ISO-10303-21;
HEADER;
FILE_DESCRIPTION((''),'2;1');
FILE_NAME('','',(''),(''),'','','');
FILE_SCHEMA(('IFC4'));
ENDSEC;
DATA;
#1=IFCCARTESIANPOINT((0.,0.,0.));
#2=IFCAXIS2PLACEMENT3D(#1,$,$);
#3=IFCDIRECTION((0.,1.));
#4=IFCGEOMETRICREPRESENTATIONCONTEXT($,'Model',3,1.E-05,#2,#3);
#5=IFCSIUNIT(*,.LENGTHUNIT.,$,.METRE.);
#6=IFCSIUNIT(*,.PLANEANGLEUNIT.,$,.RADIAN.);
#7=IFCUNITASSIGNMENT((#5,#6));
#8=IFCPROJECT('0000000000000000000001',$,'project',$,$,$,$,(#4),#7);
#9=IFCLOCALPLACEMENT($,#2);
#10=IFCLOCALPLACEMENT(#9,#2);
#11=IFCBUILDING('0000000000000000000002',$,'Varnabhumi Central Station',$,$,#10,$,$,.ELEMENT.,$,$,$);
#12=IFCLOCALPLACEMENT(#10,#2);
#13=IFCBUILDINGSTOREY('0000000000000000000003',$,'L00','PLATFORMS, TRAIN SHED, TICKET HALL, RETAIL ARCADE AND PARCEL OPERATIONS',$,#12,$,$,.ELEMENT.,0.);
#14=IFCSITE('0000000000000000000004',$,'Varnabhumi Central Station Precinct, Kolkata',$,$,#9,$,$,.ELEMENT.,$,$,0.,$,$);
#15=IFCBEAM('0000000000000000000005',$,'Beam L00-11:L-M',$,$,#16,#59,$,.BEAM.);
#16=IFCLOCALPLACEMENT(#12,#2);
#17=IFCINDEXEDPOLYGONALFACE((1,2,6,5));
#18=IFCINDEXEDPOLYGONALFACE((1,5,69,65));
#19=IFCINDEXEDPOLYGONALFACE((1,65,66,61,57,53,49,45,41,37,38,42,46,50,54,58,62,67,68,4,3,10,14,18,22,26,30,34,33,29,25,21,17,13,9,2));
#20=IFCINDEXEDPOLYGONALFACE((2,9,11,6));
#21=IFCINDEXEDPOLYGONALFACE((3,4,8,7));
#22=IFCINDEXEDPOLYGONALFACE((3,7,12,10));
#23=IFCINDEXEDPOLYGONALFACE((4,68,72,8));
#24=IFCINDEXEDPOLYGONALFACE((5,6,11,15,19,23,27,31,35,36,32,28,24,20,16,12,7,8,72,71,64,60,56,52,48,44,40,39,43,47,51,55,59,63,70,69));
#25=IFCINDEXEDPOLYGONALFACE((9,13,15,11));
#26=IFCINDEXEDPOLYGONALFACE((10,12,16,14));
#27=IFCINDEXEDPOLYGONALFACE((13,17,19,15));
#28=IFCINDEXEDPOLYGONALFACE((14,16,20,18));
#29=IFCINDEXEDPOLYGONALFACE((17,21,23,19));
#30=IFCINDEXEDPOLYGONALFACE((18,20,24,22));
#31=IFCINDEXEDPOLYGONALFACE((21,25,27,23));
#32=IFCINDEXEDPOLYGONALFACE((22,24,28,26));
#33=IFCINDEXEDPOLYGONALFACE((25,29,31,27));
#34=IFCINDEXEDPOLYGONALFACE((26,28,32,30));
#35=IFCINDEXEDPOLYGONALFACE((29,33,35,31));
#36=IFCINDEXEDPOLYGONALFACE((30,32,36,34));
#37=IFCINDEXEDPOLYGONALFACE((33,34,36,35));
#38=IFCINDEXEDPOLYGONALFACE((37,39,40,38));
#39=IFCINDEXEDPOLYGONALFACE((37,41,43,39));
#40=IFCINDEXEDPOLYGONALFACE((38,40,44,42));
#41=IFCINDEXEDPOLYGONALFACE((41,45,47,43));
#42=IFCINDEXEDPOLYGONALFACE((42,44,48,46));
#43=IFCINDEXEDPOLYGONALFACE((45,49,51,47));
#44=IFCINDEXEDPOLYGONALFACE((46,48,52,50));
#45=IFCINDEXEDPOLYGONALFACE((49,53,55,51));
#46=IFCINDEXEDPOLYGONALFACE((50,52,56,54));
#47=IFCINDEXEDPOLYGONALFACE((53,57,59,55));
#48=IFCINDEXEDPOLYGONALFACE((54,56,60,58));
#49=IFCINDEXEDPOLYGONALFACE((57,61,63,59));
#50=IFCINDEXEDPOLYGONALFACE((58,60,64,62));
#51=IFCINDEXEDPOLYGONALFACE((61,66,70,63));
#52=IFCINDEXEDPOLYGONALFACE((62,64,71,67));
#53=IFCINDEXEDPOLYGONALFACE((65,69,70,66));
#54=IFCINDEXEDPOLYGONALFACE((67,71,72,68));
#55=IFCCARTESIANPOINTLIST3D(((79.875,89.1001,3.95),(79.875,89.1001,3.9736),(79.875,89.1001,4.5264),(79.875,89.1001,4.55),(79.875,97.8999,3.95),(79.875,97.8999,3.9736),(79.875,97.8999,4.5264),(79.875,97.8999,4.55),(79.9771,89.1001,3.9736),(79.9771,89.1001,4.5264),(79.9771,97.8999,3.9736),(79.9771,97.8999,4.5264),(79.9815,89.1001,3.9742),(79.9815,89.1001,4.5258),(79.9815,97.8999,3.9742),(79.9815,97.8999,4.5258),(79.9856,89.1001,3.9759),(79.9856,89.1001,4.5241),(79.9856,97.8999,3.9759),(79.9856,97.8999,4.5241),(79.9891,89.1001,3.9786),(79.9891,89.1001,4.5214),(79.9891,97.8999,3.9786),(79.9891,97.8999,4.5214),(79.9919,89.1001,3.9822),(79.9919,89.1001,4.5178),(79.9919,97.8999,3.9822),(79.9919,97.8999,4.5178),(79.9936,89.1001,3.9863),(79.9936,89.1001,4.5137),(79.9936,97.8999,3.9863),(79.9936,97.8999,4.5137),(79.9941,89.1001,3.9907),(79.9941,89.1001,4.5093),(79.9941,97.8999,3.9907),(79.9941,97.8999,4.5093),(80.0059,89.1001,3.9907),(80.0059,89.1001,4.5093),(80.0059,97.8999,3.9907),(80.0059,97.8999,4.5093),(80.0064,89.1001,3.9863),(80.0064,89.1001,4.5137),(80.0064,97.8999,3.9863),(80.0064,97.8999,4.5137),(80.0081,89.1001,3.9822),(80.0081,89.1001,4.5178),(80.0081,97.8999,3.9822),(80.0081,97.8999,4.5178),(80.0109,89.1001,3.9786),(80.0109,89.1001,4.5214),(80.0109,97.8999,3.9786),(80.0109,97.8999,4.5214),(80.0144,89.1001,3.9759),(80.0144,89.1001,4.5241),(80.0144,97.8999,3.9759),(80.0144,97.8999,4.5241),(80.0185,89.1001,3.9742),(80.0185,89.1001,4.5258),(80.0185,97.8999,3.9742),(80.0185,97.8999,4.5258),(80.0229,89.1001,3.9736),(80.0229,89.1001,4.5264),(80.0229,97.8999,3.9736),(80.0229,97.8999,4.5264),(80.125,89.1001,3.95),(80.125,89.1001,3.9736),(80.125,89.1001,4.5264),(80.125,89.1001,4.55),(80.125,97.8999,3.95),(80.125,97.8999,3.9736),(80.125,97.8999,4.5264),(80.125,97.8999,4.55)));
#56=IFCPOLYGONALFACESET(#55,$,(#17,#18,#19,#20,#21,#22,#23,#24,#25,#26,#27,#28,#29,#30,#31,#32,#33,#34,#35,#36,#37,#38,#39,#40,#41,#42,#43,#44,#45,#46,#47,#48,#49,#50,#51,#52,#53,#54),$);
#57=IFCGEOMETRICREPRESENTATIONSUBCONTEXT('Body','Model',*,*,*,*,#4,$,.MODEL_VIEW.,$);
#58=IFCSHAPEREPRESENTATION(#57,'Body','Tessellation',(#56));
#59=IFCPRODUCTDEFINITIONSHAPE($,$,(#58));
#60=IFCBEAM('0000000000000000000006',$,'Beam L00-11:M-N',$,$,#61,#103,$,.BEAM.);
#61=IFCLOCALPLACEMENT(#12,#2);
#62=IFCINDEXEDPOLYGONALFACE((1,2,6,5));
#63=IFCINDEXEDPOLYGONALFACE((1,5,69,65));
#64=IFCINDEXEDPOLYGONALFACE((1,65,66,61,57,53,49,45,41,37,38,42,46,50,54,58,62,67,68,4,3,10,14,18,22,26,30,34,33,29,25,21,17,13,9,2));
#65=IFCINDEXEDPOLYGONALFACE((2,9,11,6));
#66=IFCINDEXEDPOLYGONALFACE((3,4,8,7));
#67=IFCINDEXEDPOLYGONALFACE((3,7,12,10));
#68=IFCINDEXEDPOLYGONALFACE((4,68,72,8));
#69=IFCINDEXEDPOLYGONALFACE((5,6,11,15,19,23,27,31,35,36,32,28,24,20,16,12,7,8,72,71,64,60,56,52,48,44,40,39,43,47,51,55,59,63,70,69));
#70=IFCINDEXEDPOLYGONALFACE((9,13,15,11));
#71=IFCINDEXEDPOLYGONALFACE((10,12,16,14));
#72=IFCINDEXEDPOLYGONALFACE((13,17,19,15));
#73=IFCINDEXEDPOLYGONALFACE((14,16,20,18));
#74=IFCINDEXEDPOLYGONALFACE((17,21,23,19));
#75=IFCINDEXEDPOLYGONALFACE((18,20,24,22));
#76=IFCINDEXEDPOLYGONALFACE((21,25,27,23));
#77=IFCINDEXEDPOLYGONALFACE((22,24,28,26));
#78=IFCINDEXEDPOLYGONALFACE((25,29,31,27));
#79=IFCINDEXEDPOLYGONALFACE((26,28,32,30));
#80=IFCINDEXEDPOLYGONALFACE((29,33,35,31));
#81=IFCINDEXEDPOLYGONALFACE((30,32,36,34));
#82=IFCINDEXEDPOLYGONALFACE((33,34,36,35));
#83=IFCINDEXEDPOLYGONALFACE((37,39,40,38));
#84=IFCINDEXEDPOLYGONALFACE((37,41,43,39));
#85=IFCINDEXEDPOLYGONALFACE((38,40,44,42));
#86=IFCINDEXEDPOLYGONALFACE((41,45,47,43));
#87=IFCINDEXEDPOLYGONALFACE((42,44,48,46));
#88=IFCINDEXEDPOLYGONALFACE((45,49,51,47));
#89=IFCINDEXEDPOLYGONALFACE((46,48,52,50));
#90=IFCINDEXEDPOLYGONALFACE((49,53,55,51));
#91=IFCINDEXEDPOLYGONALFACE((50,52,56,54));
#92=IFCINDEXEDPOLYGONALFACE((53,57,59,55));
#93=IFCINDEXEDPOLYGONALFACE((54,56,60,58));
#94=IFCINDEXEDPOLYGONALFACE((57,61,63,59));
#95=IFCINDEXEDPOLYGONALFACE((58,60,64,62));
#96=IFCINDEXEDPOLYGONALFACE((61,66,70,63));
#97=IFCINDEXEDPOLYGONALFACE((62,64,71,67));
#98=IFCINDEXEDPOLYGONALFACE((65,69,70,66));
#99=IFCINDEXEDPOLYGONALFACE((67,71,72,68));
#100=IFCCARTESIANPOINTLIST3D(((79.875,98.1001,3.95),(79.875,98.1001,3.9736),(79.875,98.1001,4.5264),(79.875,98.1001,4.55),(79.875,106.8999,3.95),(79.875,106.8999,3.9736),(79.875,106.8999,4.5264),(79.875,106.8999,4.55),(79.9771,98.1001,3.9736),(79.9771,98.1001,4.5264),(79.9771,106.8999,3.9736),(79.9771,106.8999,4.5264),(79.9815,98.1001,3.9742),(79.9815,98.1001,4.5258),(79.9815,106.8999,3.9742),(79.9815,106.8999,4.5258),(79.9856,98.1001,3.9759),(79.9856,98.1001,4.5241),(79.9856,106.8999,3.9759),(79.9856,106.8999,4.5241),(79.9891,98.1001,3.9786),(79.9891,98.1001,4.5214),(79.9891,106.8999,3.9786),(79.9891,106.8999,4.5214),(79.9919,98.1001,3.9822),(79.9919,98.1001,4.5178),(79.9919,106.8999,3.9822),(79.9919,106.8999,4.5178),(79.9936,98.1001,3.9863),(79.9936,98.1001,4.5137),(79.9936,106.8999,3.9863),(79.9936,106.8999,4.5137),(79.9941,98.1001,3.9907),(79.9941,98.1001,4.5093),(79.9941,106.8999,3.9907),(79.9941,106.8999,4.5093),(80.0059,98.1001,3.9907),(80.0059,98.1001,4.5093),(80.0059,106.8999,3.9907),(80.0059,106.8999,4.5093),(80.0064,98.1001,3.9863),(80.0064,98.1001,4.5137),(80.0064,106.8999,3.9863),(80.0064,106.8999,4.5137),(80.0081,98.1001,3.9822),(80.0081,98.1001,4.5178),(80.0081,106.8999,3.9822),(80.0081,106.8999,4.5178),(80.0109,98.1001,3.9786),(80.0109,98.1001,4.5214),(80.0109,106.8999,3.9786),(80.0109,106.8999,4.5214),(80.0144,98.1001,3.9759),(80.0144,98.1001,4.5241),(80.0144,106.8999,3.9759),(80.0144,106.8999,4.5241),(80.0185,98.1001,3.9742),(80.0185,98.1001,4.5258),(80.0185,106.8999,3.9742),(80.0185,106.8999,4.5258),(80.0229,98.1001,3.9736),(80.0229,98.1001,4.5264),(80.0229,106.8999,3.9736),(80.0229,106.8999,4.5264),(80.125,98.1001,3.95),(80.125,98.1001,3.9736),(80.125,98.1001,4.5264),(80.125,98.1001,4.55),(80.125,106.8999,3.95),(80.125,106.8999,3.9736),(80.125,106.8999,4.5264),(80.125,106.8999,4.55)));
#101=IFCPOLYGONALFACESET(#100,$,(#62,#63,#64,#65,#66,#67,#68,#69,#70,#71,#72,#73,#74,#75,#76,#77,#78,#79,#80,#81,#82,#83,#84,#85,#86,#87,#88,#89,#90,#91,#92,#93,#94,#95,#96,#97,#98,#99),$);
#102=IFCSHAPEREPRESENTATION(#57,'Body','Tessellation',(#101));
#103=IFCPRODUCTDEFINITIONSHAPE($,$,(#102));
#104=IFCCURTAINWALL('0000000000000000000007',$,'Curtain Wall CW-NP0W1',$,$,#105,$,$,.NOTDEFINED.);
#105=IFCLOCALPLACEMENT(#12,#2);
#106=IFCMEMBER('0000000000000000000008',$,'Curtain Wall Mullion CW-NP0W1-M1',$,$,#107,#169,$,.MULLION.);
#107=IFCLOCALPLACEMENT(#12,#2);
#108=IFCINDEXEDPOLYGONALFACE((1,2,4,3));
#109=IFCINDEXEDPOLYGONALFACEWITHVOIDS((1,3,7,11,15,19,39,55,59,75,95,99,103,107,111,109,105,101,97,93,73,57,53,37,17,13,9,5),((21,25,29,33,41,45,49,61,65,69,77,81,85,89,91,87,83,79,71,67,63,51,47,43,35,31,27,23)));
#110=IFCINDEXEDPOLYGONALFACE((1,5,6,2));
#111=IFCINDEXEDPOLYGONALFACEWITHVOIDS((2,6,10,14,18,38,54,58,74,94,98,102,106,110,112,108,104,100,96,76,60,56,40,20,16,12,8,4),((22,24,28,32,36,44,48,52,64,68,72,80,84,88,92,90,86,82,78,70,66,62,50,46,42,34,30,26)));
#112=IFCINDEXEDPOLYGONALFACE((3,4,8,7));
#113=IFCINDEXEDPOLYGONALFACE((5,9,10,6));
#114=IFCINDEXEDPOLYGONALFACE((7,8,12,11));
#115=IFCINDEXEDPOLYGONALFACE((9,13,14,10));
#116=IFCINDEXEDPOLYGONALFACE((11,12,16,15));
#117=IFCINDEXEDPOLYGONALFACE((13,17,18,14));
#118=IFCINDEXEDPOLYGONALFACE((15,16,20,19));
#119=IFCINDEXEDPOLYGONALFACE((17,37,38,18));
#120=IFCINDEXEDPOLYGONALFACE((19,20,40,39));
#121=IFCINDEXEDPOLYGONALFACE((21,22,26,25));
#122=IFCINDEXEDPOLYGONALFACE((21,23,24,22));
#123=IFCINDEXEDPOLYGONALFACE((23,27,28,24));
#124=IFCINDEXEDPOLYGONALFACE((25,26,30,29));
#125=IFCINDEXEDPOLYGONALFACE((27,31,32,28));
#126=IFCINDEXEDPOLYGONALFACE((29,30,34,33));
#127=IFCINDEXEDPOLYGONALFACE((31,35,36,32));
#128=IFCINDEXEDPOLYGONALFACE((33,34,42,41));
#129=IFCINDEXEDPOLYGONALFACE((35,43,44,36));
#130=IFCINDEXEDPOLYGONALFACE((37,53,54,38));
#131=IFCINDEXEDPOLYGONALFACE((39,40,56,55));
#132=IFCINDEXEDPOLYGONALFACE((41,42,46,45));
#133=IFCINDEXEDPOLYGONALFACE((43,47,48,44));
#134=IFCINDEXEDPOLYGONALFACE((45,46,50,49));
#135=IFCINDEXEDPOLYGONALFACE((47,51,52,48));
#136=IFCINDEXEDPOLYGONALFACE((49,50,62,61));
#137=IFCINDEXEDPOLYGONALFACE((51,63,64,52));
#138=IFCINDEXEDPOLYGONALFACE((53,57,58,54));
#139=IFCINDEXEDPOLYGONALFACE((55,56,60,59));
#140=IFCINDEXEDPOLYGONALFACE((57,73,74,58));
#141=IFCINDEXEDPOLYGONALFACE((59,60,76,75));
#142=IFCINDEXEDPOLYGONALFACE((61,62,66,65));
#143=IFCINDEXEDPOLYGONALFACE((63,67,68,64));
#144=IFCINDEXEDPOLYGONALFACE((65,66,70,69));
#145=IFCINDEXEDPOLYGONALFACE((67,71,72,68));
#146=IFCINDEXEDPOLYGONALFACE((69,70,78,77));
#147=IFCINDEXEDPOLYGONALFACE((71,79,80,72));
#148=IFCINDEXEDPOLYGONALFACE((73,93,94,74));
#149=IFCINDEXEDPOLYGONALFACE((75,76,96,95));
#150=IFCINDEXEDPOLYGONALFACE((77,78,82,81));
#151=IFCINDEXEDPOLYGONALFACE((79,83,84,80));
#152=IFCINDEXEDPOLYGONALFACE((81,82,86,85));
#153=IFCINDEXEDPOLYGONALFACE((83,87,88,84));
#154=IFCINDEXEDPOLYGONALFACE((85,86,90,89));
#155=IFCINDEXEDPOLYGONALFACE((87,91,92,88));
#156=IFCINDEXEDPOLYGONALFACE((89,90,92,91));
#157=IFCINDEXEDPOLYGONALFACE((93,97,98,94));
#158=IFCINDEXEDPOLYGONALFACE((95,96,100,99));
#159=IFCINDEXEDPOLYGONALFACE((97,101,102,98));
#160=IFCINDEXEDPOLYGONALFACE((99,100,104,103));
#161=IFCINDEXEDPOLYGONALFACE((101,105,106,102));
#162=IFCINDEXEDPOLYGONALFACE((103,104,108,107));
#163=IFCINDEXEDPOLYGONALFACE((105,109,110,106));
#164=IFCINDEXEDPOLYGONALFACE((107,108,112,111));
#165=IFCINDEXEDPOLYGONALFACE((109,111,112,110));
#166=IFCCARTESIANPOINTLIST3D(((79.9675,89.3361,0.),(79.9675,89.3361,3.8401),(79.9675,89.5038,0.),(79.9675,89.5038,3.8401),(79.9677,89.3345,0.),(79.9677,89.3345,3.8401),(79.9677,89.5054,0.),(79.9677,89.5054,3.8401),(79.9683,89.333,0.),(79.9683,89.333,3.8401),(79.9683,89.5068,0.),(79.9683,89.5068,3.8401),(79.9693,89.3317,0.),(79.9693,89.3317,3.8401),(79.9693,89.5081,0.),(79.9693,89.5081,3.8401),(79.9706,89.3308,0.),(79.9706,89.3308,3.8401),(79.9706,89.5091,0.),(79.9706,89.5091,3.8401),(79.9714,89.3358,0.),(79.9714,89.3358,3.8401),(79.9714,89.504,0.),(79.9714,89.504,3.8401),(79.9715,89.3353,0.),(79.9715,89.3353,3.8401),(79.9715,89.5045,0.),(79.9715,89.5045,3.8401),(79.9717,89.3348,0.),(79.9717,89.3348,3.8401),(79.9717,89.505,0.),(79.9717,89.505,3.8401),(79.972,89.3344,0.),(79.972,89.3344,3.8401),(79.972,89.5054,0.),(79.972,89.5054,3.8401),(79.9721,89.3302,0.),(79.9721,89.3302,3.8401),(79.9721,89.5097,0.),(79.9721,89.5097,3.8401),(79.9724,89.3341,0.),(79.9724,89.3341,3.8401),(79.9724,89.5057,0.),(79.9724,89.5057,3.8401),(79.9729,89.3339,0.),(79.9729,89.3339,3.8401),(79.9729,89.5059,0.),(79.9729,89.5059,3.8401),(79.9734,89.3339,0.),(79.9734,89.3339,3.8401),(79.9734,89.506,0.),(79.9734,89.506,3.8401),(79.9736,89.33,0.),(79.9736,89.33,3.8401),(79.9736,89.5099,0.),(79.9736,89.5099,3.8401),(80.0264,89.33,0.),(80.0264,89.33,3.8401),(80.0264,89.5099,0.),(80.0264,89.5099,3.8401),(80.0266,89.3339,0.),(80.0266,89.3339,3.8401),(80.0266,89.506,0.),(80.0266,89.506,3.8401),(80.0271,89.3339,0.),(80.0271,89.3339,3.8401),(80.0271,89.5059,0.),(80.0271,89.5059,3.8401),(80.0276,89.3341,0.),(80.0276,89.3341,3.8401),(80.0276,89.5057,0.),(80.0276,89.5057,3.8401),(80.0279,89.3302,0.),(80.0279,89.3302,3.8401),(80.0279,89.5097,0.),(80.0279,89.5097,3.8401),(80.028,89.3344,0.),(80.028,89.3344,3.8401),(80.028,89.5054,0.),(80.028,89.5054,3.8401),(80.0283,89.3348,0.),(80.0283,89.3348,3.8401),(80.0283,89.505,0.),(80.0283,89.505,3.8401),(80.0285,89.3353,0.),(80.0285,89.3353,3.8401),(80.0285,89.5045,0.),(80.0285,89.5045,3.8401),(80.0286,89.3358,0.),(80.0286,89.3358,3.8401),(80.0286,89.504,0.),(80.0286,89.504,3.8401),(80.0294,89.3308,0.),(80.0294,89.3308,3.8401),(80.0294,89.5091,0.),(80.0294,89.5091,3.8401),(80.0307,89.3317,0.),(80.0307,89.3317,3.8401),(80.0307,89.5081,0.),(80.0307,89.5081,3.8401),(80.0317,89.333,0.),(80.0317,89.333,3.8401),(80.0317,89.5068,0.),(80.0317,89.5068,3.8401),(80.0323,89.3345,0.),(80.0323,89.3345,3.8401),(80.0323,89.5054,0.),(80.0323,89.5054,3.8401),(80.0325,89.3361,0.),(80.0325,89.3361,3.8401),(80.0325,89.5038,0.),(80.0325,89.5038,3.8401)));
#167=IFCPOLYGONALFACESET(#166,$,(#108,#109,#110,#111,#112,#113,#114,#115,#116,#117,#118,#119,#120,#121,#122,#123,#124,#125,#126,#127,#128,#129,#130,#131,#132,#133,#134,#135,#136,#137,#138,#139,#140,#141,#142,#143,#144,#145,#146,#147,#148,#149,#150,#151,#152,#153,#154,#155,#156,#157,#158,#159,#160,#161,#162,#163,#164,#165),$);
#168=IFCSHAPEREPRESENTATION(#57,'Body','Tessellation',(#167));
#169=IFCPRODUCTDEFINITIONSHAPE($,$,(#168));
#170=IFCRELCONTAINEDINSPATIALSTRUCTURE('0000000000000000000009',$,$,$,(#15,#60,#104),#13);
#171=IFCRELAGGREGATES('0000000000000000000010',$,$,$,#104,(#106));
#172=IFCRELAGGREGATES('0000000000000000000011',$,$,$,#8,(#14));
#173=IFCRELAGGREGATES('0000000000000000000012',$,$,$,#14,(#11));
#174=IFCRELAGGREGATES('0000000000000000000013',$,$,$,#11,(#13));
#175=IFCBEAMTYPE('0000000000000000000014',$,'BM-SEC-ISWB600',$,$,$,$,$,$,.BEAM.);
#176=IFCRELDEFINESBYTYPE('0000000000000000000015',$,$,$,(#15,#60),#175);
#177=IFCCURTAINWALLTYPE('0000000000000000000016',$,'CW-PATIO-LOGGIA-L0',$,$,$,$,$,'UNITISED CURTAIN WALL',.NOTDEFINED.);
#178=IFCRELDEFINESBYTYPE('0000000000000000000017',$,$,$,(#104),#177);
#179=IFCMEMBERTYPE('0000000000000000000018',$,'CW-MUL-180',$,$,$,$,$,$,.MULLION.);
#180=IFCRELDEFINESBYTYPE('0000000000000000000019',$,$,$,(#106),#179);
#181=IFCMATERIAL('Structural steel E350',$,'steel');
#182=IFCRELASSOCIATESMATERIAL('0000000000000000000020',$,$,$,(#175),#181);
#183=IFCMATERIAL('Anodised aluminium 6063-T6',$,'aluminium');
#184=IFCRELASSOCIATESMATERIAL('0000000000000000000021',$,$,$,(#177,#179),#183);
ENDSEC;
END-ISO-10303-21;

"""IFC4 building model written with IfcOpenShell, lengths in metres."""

from ifc_helpers import new_model, si_unit, direction, frame, origin, origin_2d, place, context, subcontext, project, spatial, hollow_rectangle, i_section, extrude, material, material_profile, profile_set, type_object, element, aggregate, save


model = new_model("IFC4")

# Units and contexts
model_context = context("Model", 3, precision=1e-05, world=origin(), true_north=direction((0.0, 1.0)))
body_context = subcontext(model_context, "Body", "Model", "MODEL_VIEW")
ifc_project = project(units=[si_unit("LENGTHUNIT", "METRE"), si_unit("PLANEANGLEUNIT", "RADIAN")], contexts=[model_context])

# Site, building, storey
site_placement = place(None, origin())
site = spatial("IfcSite", under=ifc_project, at=site_placement, Name="Varnabhumi Central Station Precinct, Kolkata", CompositionType="ELEMENT", RefElevation=0.0)
building_placement = place(site_placement, origin())
building = spatial("IfcBuilding", under=site, at=building_placement, Name="Varnabhumi Central Station", CompositionType="ELEMENT")
storey_placement = place(building_placement, origin())
storey = spatial("IfcBuildingStorey", under=building, at=storey_placement, Name="L00", Description="PLATFORMS, TRAIN SHED, TICKET HALL, RETAIL ARCADE AND PARCEL OPERATIONS", CompositionType="ELEMENT", Elevation=0.0)

# Beams
ifc_material_1 = material(Name="Structural steel E350", Category="steel")
ifc_material_profile_1 = material_profile(ifc_material_1, i_section(OverallWidth=0.25, OverallDepth=0.6001, WebThickness=0.0117, FlangeThickness=0.0237, FilletRadius=0.0171, at=origin_2d()), Name="Structural steel E350", Category="steel")
ifc_profile_set_1 = profile_set([ifc_material_profile_1], Name="Structural steel E350")
beam_type = type_object("IfcBeamType", Name="BM-SEC-ISWB600", PredefinedType="BEAM", material=ifc_profile_set_1)
for number, where, z_axis, x_axis, name in (
    (1, (80.0, 89.1001, 4.25), (0.0, 1.0, 0.0), (-1.0, 0.0, 0.0), "Beam L00-11:L-M"),
    (2, (80.0, 98.1001, 4.25), (0.0, 1.0, 0.0), (-1.0, 0.0, 0.0), "Beam L00-11:M-N"),
):
    element("IfcBeam", number, at=place(storey_placement, frame(where, z_axis=z_axis, x_axis=x_axis)), inside=storey, type_object=beam_type, Name=name, PredefinedType="BEAM", context=body_context, shape_type="SweptSolid", body=[
        extrude(i_section(OverallWidth=0.25, OverallDepth=0.6001, WebThickness=0.0117, FlangeThickness=0.0237, FilletRadius=0.0171, at=origin_2d()), origin(), (0.0, 0.0, 1.0), 8.7998),
    ])

# Curtain wall, member
ifc_material_2 = material(Name="Anodised aluminium 6063-T6", Category="aluminium")
curtain_wall_type = type_object("IfcCurtainWallType", Name="CW-PATIO-LOGGIA-L0", ElementType="UNITISED CURTAIN WALL", PredefinedType="NOTDEFINED", material=ifc_material_2)
curtain_wall_1_placement = place(storey_placement, origin())
curtain_wall_1 = element("IfcCurtainWall", 3, at=curtain_wall_1_placement, inside=storey, type_object=curtain_wall_type, Name="Curtain Wall CW-NP0W1", PredefinedType="NOTDEFINED")
ifc_material_profile_2 = material_profile(ifc_material_2, hollow_rectangle(XDim=0.0649, YDim=0.1799, WallThickness=0.0039, InnerFilletRadius=0.002, OuterFilletRadius=0.0061, at=origin_2d()), Name="Anodised aluminium 6063-T6", Category="aluminium")
ifc_profile_set_2 = profile_set([ifc_material_profile_2], Name="Anodised aluminium 6063-T6")
member_type_1 = type_object("IfcMemberType", Name="CW-MUL-180", PredefinedType="MULLION", material=ifc_profile_set_2)
member_1_placement = place(storey_placement, frame((80.0, 89.4199, 0.0), z_axis=(0.0, 0.0, 1.0), x_axis=(1.0, 0.0, 0.0)))
member_1 = element("IfcMember", 4, at=member_1_placement, type_object=member_type_1, Name="Curtain Wall Mullion CW-NP0W1-M1", PredefinedType="MULLION", context=body_context, shape_type="SweptSolid", body=[
    extrude(hollow_rectangle(XDim=0.0649, YDim=0.1799, WallThickness=0.0039, InnerFilletRadius=0.002, OuterFilletRadius=0.0061, at=origin_2d()), origin(), (0.0, 0.0, 1.0), 3.8401),
])

aggregate(curtain_wall_1, [member_1])

save(model, "model.ifc")
